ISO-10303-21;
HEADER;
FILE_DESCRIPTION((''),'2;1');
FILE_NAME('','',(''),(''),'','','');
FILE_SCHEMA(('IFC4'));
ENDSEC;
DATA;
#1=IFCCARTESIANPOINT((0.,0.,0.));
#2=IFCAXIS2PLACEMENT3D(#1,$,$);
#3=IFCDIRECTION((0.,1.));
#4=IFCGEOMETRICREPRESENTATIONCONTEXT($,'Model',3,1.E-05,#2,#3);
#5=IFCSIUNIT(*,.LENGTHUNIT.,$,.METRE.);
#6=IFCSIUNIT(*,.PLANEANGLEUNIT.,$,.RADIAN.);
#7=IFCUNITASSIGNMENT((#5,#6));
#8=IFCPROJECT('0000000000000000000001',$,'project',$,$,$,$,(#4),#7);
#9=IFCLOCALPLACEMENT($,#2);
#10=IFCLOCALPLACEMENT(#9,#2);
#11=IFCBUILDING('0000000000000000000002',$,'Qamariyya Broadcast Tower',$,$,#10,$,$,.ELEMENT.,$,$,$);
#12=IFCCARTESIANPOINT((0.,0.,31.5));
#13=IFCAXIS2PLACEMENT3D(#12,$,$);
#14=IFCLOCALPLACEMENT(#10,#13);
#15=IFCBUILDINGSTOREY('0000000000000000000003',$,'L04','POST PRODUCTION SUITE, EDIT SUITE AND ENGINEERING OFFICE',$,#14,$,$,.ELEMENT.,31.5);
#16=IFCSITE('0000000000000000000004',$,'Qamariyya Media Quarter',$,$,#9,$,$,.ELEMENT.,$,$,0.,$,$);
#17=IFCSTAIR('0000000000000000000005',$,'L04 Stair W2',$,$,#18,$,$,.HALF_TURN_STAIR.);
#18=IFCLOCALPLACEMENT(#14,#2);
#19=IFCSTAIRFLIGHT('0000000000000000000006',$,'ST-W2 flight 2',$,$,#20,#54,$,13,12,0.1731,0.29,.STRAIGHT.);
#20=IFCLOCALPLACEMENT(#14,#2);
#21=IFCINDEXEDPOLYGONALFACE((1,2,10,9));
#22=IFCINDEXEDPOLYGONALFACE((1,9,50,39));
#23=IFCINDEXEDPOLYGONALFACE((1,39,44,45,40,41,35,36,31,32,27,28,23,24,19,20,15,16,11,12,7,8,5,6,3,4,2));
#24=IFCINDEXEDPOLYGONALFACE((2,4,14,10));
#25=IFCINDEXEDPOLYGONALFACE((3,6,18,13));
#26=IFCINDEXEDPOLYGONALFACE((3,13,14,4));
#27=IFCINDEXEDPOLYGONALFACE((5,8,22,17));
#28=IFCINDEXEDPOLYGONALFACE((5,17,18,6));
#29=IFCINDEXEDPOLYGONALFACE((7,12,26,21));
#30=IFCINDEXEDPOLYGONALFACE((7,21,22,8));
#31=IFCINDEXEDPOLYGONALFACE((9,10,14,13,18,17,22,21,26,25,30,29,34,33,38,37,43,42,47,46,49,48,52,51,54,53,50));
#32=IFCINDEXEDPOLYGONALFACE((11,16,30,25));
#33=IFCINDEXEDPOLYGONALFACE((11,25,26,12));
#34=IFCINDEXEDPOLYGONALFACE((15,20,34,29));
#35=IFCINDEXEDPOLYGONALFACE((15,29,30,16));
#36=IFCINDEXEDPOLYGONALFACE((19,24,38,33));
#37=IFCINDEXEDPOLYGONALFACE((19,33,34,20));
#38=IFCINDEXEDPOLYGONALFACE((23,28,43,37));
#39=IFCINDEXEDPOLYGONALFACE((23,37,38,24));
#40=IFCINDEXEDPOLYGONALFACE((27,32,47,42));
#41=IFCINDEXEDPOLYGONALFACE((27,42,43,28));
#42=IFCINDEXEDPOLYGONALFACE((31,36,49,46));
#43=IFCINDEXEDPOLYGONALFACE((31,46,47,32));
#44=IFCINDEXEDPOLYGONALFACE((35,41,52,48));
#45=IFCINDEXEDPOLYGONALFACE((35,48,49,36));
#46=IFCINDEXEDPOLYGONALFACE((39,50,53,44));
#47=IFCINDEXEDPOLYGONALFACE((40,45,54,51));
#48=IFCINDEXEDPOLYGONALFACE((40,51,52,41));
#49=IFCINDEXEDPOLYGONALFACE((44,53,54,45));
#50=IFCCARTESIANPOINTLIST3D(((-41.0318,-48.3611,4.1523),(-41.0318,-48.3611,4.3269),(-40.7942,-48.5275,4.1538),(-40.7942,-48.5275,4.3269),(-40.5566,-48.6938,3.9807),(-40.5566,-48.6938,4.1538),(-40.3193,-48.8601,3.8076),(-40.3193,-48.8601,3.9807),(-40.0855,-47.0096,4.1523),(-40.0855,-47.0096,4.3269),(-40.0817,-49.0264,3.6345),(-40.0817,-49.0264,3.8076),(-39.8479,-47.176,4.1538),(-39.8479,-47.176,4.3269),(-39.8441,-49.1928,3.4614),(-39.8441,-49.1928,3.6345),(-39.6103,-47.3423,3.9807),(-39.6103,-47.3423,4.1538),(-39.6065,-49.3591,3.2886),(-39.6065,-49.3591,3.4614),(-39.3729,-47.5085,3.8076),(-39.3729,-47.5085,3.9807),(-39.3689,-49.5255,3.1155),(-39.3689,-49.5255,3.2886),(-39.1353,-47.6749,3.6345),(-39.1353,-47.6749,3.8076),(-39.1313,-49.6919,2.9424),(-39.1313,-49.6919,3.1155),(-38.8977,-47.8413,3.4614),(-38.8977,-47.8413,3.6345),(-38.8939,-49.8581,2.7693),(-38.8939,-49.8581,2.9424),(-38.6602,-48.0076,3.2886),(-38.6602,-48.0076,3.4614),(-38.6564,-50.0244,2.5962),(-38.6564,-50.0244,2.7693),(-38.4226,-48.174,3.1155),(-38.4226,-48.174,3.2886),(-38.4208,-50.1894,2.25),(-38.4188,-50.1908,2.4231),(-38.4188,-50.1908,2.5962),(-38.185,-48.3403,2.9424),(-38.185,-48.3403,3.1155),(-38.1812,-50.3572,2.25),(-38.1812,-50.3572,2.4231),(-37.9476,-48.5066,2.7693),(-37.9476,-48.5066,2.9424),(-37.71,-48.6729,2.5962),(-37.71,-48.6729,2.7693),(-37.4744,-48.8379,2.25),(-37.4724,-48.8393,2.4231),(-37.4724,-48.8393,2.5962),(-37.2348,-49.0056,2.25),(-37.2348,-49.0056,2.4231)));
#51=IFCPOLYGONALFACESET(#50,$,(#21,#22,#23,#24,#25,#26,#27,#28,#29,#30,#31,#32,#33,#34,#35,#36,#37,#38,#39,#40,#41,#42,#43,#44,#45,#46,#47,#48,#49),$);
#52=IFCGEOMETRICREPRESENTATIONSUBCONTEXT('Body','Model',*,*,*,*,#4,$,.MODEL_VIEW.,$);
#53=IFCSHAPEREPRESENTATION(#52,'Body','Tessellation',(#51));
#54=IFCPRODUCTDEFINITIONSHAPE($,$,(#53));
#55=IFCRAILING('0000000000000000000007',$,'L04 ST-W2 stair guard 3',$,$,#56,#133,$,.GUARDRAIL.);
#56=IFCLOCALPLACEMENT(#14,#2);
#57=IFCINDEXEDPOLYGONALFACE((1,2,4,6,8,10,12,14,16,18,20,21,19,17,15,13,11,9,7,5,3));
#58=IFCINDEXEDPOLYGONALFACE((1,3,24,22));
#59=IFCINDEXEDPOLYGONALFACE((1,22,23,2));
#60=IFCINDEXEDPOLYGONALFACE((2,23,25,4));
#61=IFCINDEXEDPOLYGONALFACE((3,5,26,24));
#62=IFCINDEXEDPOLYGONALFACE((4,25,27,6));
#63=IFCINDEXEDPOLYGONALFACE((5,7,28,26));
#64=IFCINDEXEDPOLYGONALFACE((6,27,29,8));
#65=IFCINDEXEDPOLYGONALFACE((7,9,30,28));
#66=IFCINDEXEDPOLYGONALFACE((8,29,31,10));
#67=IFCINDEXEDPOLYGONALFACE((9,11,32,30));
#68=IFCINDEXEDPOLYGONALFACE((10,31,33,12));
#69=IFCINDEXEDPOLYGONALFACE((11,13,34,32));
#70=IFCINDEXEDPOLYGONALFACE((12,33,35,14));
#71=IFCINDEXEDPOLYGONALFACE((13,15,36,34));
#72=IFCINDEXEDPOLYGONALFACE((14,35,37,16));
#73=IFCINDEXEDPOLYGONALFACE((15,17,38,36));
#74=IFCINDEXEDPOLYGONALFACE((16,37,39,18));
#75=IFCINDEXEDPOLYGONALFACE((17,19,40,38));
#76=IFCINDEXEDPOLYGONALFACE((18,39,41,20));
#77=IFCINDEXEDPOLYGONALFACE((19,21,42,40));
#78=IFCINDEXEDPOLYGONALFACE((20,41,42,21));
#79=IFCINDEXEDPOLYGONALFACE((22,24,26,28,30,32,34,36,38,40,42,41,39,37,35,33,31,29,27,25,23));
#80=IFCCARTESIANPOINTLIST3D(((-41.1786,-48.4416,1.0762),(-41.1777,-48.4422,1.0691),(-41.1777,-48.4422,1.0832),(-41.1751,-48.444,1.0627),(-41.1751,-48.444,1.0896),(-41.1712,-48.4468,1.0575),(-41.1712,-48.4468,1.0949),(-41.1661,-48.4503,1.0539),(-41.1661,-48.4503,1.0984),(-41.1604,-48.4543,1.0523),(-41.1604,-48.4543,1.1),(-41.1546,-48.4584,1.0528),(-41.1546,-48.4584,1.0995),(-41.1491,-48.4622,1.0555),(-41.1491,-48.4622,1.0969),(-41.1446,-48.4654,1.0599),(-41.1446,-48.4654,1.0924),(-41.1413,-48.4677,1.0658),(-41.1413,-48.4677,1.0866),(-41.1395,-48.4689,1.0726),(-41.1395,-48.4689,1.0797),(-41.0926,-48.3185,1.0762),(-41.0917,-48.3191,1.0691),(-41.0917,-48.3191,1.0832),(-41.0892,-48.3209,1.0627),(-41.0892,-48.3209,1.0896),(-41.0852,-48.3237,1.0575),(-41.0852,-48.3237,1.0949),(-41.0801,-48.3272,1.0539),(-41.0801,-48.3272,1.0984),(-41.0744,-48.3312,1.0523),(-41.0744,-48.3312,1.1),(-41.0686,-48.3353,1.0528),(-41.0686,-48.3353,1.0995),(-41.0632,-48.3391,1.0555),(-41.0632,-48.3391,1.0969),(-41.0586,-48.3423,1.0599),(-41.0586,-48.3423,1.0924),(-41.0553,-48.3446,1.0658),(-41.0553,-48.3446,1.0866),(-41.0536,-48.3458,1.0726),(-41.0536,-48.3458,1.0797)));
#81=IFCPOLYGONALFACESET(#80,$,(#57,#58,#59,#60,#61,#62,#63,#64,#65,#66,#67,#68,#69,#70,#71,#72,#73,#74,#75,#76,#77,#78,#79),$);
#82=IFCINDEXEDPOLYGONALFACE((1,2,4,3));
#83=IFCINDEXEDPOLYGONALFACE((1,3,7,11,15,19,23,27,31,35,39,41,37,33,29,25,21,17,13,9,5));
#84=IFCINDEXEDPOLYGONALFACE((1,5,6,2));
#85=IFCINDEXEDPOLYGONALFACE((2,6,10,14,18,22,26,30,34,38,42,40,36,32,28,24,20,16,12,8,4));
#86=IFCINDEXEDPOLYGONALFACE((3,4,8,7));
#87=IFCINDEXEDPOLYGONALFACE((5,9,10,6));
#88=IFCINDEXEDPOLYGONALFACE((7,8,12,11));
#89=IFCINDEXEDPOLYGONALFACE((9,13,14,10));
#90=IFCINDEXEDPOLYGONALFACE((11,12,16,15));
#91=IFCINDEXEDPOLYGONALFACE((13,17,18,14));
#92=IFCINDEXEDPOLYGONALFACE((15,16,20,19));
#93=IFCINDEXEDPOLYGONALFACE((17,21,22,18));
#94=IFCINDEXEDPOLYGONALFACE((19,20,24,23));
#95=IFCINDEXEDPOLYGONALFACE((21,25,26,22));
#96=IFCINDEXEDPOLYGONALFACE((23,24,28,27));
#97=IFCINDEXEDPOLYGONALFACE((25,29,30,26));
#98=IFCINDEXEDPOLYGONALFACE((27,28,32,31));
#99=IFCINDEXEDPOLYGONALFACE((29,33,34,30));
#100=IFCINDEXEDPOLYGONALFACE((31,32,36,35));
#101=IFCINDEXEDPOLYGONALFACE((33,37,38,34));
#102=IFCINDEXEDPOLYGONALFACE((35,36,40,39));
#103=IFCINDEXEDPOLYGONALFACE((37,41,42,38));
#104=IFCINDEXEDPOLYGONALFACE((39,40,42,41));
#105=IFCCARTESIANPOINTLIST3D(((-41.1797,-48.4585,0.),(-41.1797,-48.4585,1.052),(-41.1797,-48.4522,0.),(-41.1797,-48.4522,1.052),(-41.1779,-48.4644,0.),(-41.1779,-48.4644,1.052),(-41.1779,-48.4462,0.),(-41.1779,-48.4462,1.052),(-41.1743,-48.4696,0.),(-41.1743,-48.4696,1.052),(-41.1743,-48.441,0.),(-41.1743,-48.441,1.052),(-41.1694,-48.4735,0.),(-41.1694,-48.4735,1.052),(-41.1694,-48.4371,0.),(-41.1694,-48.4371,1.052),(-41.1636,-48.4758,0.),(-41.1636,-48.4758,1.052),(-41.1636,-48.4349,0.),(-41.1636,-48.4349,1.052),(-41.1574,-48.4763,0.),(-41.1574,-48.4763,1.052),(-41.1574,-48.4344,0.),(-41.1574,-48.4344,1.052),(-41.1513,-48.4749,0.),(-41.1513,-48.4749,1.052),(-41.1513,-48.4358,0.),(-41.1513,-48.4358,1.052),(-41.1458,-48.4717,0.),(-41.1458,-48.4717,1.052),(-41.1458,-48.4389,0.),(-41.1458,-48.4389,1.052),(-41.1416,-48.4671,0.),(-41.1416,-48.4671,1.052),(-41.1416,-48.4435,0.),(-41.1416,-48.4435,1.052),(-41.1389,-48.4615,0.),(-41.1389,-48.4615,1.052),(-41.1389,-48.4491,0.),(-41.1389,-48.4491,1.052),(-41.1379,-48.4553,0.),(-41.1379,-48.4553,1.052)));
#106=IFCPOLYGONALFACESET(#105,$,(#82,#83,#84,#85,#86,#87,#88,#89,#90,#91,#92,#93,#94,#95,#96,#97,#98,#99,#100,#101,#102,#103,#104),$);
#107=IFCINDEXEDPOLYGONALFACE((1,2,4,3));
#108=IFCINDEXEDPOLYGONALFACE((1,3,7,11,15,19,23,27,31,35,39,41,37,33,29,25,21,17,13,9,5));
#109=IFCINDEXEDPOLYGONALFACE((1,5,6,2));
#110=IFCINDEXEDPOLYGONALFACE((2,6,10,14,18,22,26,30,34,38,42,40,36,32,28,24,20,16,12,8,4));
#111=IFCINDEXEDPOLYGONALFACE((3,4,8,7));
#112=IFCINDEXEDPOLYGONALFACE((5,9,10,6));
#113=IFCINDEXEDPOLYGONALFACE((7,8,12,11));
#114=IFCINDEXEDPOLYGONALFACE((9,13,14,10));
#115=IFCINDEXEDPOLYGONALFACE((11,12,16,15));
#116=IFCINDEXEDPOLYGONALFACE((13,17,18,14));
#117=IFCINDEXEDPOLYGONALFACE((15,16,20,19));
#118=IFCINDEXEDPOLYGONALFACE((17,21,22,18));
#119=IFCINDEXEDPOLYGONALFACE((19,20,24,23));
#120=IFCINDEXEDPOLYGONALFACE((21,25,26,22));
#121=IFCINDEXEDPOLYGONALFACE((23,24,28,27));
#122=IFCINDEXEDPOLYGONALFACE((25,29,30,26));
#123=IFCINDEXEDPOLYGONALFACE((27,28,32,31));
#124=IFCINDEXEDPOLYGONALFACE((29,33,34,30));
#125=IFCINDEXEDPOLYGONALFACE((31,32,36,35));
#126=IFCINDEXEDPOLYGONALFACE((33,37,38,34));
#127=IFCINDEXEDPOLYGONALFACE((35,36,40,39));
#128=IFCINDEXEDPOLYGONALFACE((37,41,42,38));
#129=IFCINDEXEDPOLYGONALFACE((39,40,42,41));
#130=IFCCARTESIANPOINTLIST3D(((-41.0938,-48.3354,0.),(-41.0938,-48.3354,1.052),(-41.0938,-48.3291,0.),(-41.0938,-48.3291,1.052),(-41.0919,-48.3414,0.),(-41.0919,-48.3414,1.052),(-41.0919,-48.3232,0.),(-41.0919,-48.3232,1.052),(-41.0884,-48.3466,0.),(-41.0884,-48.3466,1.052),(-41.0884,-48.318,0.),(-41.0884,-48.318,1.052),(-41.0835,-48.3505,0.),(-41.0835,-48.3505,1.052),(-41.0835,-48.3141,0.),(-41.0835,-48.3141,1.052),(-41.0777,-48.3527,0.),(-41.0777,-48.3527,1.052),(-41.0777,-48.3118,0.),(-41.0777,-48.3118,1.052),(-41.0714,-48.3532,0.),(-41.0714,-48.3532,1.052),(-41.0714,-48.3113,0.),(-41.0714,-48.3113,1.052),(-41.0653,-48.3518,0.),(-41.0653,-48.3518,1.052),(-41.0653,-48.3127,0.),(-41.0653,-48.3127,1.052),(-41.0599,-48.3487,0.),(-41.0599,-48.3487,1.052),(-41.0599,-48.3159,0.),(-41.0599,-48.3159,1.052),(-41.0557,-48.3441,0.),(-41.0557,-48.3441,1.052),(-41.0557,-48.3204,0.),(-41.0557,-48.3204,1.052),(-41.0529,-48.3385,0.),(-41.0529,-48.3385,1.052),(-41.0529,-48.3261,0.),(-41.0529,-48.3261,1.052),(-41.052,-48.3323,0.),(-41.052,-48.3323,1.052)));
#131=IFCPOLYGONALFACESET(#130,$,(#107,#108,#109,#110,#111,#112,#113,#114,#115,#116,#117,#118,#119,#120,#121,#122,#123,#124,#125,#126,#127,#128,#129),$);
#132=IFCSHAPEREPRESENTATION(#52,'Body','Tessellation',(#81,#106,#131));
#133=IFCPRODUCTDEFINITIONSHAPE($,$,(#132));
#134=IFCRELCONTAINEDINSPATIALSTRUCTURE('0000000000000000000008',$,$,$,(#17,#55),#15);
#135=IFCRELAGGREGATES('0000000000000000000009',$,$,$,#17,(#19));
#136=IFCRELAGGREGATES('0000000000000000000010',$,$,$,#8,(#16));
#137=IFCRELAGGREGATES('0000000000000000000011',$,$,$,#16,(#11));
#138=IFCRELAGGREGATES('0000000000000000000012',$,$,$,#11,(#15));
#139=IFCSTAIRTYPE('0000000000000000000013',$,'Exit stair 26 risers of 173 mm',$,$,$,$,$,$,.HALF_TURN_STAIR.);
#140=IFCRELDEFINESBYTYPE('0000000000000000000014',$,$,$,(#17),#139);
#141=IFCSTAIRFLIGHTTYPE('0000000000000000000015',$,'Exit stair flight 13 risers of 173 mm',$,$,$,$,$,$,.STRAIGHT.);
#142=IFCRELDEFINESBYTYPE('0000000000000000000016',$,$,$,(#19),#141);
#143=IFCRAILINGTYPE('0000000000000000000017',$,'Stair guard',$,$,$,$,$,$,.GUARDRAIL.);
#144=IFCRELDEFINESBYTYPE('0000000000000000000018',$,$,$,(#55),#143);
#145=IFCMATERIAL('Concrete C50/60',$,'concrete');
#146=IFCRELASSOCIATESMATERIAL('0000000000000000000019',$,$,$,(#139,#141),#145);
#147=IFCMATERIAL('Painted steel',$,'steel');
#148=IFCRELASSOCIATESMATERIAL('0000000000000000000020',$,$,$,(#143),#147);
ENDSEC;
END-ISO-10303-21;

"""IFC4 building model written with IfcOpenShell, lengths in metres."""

from ifc_helpers import new_model, si_unit, direction, frame, origin, origin_2d, place, context, subcontext, project, spatial, polyline, circle, outline, extrude, material, type_object, element, aggregate, save


model = new_model("IFC4")

# Units and contexts
model_context = context("Model", 3, precision=1e-05, world=origin(), true_north=direction((0.0, 1.0)))
body_context = subcontext(model_context, "Body", "Model", "MODEL_VIEW")
ifc_project = project(units=[si_unit("LENGTHUNIT", "METRE"), si_unit("PLANEANGLEUNIT", "RADIAN")], contexts=[model_context])

# Site, building, storey
site_placement = place(None, origin())
site = spatial("IfcSite", under=ifc_project, at=site_placement, Name="Qamariyya Media Quarter", CompositionType="ELEMENT", RefElevation=0.0)
building_placement = place(site_placement, origin())
building = spatial("IfcBuilding", under=site, at=building_placement, Name="Qamariyya Broadcast Tower", CompositionType="ELEMENT")
storey_placement = place(building_placement, frame((0.0, 0.0, 31.5)))
storey = spatial("IfcBuildingStorey", under=building, at=storey_placement, Name="L04", Description="POST PRODUCTION SUITE, EDIT SUITE AND ENGINEERING OFFICE", CompositionType="ELEMENT", Elevation=31.5)

# Shared definitions
ifc_material_1 = material(Name="Concrete C50/60", Category="concrete")

# Stair, stair flight
stair_type = type_object("IfcStairType", Name="Exit stair 26 risers of 173 mm", PredefinedType="HALF_TURN_STAIR", material=ifc_material_1)
stair_placement = place(storey_placement, origin())
stair = element("IfcStair", 1, at=stair_placement, inside=storey, type_object=stair_type, Name="L04 Stair W2", PredefinedType="HALF_TURN_STAIR")
stair_flight_type = type_object("IfcStairFlightType", Name="Exit stair flight 13 risers of 173 mm", PredefinedType="STRAIGHT", material=ifc_material_1)
stair_flight_1_placement = place(storey_placement, frame((-37.708, -49.6814, 2.25), z_axis=(0.0, 0.0, 1.0), x_axis=(-0.819152, 0.573576, 0.0)))
stair_flight_1 = element("IfcStairFlight", 2, at=stair_flight_1_placement, type_object=stair_flight_type, Name="ST-W2 flight 2", NumberOfRisers=13, NumberOfTreads=12, PredefinedType="STRAIGHT", RiserHeight=0.1731, TreadLength=0.29, context=body_context, shape_type="SweptSolid", body=[
    extrude(outline(polyline([(0.0, 0.0), (0.0, 0.1731), (0.29, 0.1731), (0.29, 0.3462), (0.5801, 0.3462), (0.5801, 0.5193), (0.8701, 0.5193), (0.8701, 0.6924), (1.1599, 0.6924), (1.1599, 0.8655), (1.45, 0.8655), (1.45, 1.0386), (1.74, 1.0386), (1.74, 1.2114), (2.03, 1.2114), (2.03, 1.3845), (2.3201, 1.3845), (2.3201, 1.5576), (2.6101, 1.5576), (2.6101, 1.7307), (2.8999, 1.7307), (2.8999, 1.9038), (3.1899, 1.9038), (3.1899, 2.0769), (3.48, 2.0769), (3.48, 2.25), (3.48, 1.9023), (0.2925, 0.0), (0.0, 0.0)])), frame((0.0, 0.825, 0.0), z_axis=(0.0, -1.0, 0.0), x_axis=(1.0, 0.0, 0.0)), (0.0, 0.0, 1.0), 1.6499),
])
aggregate(stair, [stair_flight_1])

# Railing
ifc_material_2 = material(Name="Painted steel", Category="steel")
railing_type_1 = type_object("IfcRailingType", Name="Stair guard", PredefinedType="GUARDRAIL", material=ifc_material_2)
railing_1_placement = place(storey_placement, frame((-41.1589, -48.4553, 0.0)))
element("IfcRailing", 3, at=railing_1_placement, inside=storey, type_object=railing_type_1, Name="L04 ST-W2 stair guard 3", PredefinedType="GUARDRAIL", context=body_context, shape_type="SweptSolid", body=[
    extrude(circle(Radius=0.0239, at=origin_2d()), frame((0.0, 0.0, 1.0762), z_axis=(0.572589, 0.819843, 0.0), x_axis=(-0.819843, 0.572589, 0.0)), (0.0, 0.0, 1.0), 0.1501),
    extrude(circle(Radius=0.021, at=origin_2d()), origin(), (0.0, 0.0, 1.0), 1.052),
    extrude(circle(Radius=0.021, at=origin_2d()), frame((0.0859, 0.123, 0.0)), (0.0, 0.0, 1.0), 1.052),
])

save(model, "model.ifc")
